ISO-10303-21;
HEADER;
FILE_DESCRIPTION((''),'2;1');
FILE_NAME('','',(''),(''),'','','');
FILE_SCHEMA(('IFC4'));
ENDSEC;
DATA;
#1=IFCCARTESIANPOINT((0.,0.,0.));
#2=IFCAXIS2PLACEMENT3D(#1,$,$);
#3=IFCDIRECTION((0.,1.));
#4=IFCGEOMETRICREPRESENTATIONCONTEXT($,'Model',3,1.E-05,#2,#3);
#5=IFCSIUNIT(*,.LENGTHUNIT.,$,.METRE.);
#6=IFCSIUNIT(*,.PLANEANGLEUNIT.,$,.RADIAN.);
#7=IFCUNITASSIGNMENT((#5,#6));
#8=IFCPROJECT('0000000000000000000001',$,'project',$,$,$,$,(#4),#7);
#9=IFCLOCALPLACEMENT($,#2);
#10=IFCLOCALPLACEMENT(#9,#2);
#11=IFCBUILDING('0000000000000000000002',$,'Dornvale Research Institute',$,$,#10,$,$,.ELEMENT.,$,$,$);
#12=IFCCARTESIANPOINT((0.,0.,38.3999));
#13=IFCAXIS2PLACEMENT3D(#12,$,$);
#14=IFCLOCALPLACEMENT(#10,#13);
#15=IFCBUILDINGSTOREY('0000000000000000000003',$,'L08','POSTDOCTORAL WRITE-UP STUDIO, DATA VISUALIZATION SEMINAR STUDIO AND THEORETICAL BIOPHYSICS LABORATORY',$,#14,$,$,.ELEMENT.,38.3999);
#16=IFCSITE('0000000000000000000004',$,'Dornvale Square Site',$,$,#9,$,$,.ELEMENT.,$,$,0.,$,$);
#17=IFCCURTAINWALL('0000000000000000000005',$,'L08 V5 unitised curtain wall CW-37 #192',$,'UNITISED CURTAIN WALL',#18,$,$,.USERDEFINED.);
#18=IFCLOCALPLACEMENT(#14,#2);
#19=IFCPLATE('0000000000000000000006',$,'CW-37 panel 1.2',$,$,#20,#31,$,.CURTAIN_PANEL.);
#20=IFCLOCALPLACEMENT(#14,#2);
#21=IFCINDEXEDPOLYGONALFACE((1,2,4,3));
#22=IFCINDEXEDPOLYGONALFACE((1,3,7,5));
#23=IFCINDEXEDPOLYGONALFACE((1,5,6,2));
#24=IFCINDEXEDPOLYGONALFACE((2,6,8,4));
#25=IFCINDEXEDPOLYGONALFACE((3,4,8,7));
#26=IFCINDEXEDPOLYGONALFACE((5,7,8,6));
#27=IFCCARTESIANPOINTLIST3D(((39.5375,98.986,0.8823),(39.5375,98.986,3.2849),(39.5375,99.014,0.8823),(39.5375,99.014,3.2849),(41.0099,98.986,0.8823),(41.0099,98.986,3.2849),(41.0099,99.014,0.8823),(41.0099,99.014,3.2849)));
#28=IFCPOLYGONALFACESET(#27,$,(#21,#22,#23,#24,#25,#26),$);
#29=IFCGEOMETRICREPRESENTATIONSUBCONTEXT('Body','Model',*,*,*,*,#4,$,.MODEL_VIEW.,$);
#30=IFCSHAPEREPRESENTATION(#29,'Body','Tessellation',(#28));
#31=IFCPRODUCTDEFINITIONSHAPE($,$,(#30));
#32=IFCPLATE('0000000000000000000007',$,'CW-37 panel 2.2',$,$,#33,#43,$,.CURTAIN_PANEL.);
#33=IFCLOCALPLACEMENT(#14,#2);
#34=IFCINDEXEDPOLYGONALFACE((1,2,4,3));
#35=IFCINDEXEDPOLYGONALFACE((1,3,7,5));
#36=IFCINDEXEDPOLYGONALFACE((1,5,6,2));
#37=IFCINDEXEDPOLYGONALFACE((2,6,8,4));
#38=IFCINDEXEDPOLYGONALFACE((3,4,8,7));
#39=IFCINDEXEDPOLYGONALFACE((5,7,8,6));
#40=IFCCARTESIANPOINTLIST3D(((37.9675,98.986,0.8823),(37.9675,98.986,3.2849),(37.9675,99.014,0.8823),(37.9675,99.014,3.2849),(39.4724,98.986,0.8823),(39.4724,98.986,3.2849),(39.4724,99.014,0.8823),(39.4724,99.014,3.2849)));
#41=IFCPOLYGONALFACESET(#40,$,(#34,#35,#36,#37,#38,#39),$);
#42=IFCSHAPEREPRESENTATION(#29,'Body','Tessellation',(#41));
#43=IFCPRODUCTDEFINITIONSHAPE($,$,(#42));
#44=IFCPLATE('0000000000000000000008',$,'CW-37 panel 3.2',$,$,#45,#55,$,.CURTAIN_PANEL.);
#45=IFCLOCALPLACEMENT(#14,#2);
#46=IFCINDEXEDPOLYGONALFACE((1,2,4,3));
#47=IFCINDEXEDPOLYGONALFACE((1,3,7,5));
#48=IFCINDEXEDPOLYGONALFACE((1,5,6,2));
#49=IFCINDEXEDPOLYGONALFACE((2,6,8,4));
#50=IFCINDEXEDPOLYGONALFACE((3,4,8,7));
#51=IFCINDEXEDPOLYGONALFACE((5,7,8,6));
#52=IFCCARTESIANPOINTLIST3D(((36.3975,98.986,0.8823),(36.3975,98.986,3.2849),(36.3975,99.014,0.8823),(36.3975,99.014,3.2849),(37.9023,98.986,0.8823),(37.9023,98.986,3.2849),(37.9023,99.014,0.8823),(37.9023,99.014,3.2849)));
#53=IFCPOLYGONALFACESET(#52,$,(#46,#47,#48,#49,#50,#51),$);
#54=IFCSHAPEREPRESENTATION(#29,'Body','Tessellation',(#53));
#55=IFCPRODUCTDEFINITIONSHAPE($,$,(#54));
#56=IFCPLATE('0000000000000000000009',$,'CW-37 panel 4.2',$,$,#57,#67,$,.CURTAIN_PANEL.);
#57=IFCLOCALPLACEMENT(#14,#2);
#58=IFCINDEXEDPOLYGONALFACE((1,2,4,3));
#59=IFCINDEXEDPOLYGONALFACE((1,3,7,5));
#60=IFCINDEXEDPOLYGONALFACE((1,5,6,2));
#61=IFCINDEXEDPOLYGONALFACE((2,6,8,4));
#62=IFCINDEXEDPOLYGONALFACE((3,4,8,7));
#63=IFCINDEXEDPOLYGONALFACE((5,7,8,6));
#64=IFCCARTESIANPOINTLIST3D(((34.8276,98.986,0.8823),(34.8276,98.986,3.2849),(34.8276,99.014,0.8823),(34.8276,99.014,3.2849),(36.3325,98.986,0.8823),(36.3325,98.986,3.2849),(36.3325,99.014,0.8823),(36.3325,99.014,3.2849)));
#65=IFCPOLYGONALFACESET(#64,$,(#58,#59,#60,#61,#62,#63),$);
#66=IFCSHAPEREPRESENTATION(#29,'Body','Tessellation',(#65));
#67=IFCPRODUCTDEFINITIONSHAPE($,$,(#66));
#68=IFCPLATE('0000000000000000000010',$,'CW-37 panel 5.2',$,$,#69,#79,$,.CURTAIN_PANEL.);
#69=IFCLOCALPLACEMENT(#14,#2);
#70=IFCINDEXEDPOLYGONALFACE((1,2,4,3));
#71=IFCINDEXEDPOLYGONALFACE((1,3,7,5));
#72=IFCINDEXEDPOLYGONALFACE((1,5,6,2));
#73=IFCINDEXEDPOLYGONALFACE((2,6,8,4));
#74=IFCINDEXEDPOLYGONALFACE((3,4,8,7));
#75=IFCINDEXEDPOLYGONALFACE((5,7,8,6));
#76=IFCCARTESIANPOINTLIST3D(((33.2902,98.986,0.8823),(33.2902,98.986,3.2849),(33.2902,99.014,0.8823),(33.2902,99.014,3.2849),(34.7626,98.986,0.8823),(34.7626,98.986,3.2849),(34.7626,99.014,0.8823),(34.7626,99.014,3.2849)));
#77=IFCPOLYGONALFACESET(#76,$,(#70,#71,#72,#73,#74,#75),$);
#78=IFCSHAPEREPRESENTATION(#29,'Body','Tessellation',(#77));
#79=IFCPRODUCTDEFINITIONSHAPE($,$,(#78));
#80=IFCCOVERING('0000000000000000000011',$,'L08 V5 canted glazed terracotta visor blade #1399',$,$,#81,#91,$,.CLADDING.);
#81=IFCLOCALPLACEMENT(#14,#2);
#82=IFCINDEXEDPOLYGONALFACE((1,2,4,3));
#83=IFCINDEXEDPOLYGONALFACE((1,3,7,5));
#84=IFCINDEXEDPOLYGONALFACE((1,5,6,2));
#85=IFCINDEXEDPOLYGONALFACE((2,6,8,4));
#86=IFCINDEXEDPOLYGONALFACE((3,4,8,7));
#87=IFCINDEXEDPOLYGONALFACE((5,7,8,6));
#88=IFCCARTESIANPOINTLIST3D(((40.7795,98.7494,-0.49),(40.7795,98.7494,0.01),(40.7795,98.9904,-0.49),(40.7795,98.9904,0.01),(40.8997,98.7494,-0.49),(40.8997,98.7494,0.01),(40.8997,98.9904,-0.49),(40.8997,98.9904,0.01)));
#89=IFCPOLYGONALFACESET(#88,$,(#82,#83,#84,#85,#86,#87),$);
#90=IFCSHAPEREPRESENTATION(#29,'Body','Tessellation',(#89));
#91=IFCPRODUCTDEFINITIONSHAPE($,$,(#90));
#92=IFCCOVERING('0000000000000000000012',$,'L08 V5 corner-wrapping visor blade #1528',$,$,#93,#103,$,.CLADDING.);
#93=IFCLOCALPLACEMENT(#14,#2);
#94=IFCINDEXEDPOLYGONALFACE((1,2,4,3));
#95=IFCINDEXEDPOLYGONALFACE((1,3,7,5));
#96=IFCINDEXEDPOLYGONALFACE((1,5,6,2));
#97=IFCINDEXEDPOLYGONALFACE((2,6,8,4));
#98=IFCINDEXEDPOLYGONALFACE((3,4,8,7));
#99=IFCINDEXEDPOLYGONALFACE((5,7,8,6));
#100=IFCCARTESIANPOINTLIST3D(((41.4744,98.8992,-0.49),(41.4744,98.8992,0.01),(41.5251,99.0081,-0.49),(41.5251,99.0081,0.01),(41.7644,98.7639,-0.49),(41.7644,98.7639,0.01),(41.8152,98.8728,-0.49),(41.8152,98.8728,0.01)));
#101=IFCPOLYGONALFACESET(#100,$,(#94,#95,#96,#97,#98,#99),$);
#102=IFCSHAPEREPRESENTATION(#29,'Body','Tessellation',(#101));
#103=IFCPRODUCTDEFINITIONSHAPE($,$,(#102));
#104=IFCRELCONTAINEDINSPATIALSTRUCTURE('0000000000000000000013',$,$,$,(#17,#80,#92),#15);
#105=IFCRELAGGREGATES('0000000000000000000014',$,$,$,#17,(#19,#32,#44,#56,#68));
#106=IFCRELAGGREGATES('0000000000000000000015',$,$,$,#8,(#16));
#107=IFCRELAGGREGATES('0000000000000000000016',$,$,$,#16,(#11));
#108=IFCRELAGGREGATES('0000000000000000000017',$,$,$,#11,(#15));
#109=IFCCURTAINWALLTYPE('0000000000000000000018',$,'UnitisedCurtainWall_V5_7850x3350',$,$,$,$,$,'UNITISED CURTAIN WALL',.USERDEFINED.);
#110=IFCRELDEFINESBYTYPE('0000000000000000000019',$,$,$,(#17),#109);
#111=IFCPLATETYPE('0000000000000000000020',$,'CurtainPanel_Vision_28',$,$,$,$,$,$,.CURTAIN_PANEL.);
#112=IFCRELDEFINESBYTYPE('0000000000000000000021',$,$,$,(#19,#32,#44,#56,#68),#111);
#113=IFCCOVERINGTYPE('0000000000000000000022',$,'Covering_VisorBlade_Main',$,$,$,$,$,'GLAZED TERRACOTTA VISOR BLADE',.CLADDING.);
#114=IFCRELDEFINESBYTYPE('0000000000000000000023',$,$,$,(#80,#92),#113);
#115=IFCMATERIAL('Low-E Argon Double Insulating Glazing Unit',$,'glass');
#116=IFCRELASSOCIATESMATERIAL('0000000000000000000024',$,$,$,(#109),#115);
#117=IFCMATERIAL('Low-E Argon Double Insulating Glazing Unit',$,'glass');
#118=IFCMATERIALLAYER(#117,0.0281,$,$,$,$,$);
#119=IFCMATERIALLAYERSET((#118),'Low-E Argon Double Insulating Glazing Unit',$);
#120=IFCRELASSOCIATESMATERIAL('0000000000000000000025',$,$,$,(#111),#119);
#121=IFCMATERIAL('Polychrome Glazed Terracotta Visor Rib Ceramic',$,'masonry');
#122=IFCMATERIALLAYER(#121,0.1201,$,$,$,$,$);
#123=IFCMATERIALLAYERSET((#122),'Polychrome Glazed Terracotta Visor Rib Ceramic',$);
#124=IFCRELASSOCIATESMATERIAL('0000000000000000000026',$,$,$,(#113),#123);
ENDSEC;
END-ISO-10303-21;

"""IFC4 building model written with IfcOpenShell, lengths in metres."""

from ifc_helpers import new_model, si_unit, direction, frame, origin, origin_2d, place, context, subcontext, project, spatial, rectangle, extrude, material, layer, layer_set, type_object, element, aggregate, save


model = new_model("IFC4")

# Units and contexts
model_context = context("Model", 3, precision=1e-05, world=origin(), true_north=direction((0.0, 1.0)))
body_context = subcontext(model_context, "Body", "Model", "MODEL_VIEW")
ifc_project = project(units=[si_unit("LENGTHUNIT", "METRE"), si_unit("PLANEANGLEUNIT", "RADIAN")], contexts=[model_context])

# Site, building, storey
site_placement = place(None, origin())
site = spatial("IfcSite", under=ifc_project, at=site_placement, Name="Dornvale Square Site", CompositionType="ELEMENT", RefElevation=0.0)
building_placement = place(site_placement, origin())
building = spatial("IfcBuilding", under=site, at=building_placement, Name="Dornvale Research Institute", CompositionType="ELEMENT")
storey_placement = place(building_placement, frame((0.0, 0.0, 38.3999)))
storey = spatial("IfcBuildingStorey", under=building, at=storey_placement, Name="L08", Description="POSTDOCTORAL WRITE-UP STUDIO, DATA VISUALIZATION SEMINAR STUDIO AND THEORETICAL BIOPHYSICS LABORATORY", CompositionType="ELEMENT", Elevation=38.3999)

# Curtain wall
ifc_material_1 = material(Name="Low-E Argon Double Insulating Glazing Unit", Category="glass")
curtain_wall_type = type_object("IfcCurtainWallType", Name="UnitisedCurtainWall_V5_7850x3350", ElementType="UNITISED CURTAIN WALL", PredefinedType="USERDEFINED", material=ifc_material_1)
curtain_wall_placement = place(storey_placement, origin())
curtain_wall = element("IfcCurtainWall", 1, at=curtain_wall_placement, inside=storey, type_object=curtain_wall_type, Name="L08 V5 unitised curtain wall CW-37 #192", ObjectType="UNITISED CURTAIN WALL", PredefinedType="USERDEFINED")

# Plates
ifc_material_2 = material(Name="Low-E Argon Double Insulating Glazing Unit", Category="glass")
ifc_layer_1 = layer(ifc_material_2, 0.0281)
ifc_layer_set_1 = layer_set([ifc_layer_1], Name="Low-E Argon Double Insulating Glazing Unit")
plate_type_1 = type_object("IfcPlateType", Name="CurtainPanel_Vision_28", PredefinedType="CURTAIN_PANEL", material=ifc_layer_set_1)
plate_1_placement = place(storey_placement, frame((40.2737, 99.0, 0.8823), z_axis=(0.0, 0.0, 1.0), x_axis=(-1.0, 0.0, 0.0)))
plate_1 = element("IfcPlate", 2, at=plate_1_placement, type_object=plate_type_1, Name="CW-37 panel 1.2", PredefinedType="CURTAIN_PANEL", context=body_context, shape_type="SweptSolid", body=[
    extrude(rectangle(XDim=1.4724, YDim=0.0281, at=origin_2d()), origin(), (0.0, 0.0, 1.0), 2.4026),
])
plate_2_placement = place(storey_placement, frame((38.72, 99.0, 0.8823), z_axis=(0.0, 0.0, 1.0), x_axis=(-1.0, 0.0, 0.0)))
plate_2 = element("IfcPlate", 3, at=plate_2_placement, type_object=plate_type_1, Name="CW-37 panel 2.2", PredefinedType="CURTAIN_PANEL", context=body_context, shape_type="SweptSolid", body=[
    extrude(rectangle(XDim=1.5049, YDim=0.0281, at=origin_2d()), origin(), (0.0, 0.0, 1.0), 2.4026),
])
plate_3_placement = place(storey_placement, frame((37.1499, 99.0, 0.8823), z_axis=(0.0, 0.0, 1.0), x_axis=(-1.0, 0.0, 0.0)))
plate_3 = element("IfcPlate", 4, at=plate_3_placement, type_object=plate_type_1, Name="CW-37 panel 3.2", PredefinedType="CURTAIN_PANEL", context=body_context, shape_type="SweptSolid", body=[
    extrude(rectangle(XDim=1.5049, YDim=0.0281, at=origin_2d()), origin(), (0.0, 0.0, 1.0), 2.4026),
])
plate_4_placement = place(storey_placement, frame((35.5801, 99.0, 0.8823), z_axis=(0.0, 0.0, 1.0), x_axis=(-1.0, 0.0, 0.0)))
plate_4 = element("IfcPlate", 5, at=plate_4_placement, type_object=plate_type_1, Name="CW-37 panel 4.2", PredefinedType="CURTAIN_PANEL", context=body_context, shape_type="SweptSolid", body=[
    extrude(rectangle(XDim=1.5049, YDim=0.0281, at=origin_2d()), origin(), (0.0, 0.0, 1.0), 2.4026),
])
plate_5_placement = place(storey_placement, frame((34.0264, 99.0, 0.8823), z_axis=(0.0, 0.0, 1.0), x_axis=(-1.0, 0.0, 0.0)))
plate_5 = element("IfcPlate", 6, at=plate_5_placement, type_object=plate_type_1, Name="CW-37 panel 5.2", PredefinedType="CURTAIN_PANEL", context=body_context, shape_type="SweptSolid", body=[
    extrude(rectangle(XDim=1.4724, YDim=0.0281, at=origin_2d()), origin(), (0.0, 0.0, 1.0), 2.4026),
])
aggregate(curtain_wall, [plate_1, plate_2, plate_3, plate_4, plate_5])

# Coverings
ifc_material_3 = material(Name="Polychrome Glazed Terracotta Visor Rib Ceramic", Category="masonry")
ifc_layer_2 = layer(ifc_material_3, 0.1201)
ifc_layer_set_2 = layer_set([ifc_layer_2], Name="Polychrome Glazed Terracotta Visor Rib Ceramic")
covering_type = type_object("IfcCoveringType", Name="Covering_VisorBlade_Main", ElementType="GLAZED TERRACOTTA VISOR BLADE", PredefinedType="CLADDING", material=ifc_layer_set_2)
covering_1_placement = place(storey_placement, frame((40.8396, 98.8699, -0.49), z_axis=(0.0, 0.0, 1.0), x_axis=(0.0, 1.0, 0.0)))
element("IfcCovering", 7, at=covering_1_placement, inside=storey, type_object=covering_type, Name="L08 V5 canted glazed terracotta visor blade #1399", PredefinedType="CLADDING", context=body_context, shape_type="SweptSolid", body=[
    extrude(rectangle(XDim=0.241, YDim=0.1201, at=origin_2d()), origin(), (0.0, 0.0, 1.0), 0.5),
])
covering_2_placement = place(storey_placement, frame((41.6448, 98.886, -0.49), z_axis=(0.0, 0.0, 1.0), x_axis=(0.906308, -0.422618, 0.0)))
element("IfcCovering", 8, at=covering_2_placement, inside=storey, type_object=covering_type, Name="L08 V5 corner-wrapping visor blade #1528", PredefinedType="CLADDING", context=body_context, shape_type="SweptSolid", body=[
    extrude(rectangle(XDim=0.3201, YDim=0.1201, at=origin_2d()), origin(), (0.0, 0.0, 1.0), 0.5),
])

save(model, "model.ifc")
